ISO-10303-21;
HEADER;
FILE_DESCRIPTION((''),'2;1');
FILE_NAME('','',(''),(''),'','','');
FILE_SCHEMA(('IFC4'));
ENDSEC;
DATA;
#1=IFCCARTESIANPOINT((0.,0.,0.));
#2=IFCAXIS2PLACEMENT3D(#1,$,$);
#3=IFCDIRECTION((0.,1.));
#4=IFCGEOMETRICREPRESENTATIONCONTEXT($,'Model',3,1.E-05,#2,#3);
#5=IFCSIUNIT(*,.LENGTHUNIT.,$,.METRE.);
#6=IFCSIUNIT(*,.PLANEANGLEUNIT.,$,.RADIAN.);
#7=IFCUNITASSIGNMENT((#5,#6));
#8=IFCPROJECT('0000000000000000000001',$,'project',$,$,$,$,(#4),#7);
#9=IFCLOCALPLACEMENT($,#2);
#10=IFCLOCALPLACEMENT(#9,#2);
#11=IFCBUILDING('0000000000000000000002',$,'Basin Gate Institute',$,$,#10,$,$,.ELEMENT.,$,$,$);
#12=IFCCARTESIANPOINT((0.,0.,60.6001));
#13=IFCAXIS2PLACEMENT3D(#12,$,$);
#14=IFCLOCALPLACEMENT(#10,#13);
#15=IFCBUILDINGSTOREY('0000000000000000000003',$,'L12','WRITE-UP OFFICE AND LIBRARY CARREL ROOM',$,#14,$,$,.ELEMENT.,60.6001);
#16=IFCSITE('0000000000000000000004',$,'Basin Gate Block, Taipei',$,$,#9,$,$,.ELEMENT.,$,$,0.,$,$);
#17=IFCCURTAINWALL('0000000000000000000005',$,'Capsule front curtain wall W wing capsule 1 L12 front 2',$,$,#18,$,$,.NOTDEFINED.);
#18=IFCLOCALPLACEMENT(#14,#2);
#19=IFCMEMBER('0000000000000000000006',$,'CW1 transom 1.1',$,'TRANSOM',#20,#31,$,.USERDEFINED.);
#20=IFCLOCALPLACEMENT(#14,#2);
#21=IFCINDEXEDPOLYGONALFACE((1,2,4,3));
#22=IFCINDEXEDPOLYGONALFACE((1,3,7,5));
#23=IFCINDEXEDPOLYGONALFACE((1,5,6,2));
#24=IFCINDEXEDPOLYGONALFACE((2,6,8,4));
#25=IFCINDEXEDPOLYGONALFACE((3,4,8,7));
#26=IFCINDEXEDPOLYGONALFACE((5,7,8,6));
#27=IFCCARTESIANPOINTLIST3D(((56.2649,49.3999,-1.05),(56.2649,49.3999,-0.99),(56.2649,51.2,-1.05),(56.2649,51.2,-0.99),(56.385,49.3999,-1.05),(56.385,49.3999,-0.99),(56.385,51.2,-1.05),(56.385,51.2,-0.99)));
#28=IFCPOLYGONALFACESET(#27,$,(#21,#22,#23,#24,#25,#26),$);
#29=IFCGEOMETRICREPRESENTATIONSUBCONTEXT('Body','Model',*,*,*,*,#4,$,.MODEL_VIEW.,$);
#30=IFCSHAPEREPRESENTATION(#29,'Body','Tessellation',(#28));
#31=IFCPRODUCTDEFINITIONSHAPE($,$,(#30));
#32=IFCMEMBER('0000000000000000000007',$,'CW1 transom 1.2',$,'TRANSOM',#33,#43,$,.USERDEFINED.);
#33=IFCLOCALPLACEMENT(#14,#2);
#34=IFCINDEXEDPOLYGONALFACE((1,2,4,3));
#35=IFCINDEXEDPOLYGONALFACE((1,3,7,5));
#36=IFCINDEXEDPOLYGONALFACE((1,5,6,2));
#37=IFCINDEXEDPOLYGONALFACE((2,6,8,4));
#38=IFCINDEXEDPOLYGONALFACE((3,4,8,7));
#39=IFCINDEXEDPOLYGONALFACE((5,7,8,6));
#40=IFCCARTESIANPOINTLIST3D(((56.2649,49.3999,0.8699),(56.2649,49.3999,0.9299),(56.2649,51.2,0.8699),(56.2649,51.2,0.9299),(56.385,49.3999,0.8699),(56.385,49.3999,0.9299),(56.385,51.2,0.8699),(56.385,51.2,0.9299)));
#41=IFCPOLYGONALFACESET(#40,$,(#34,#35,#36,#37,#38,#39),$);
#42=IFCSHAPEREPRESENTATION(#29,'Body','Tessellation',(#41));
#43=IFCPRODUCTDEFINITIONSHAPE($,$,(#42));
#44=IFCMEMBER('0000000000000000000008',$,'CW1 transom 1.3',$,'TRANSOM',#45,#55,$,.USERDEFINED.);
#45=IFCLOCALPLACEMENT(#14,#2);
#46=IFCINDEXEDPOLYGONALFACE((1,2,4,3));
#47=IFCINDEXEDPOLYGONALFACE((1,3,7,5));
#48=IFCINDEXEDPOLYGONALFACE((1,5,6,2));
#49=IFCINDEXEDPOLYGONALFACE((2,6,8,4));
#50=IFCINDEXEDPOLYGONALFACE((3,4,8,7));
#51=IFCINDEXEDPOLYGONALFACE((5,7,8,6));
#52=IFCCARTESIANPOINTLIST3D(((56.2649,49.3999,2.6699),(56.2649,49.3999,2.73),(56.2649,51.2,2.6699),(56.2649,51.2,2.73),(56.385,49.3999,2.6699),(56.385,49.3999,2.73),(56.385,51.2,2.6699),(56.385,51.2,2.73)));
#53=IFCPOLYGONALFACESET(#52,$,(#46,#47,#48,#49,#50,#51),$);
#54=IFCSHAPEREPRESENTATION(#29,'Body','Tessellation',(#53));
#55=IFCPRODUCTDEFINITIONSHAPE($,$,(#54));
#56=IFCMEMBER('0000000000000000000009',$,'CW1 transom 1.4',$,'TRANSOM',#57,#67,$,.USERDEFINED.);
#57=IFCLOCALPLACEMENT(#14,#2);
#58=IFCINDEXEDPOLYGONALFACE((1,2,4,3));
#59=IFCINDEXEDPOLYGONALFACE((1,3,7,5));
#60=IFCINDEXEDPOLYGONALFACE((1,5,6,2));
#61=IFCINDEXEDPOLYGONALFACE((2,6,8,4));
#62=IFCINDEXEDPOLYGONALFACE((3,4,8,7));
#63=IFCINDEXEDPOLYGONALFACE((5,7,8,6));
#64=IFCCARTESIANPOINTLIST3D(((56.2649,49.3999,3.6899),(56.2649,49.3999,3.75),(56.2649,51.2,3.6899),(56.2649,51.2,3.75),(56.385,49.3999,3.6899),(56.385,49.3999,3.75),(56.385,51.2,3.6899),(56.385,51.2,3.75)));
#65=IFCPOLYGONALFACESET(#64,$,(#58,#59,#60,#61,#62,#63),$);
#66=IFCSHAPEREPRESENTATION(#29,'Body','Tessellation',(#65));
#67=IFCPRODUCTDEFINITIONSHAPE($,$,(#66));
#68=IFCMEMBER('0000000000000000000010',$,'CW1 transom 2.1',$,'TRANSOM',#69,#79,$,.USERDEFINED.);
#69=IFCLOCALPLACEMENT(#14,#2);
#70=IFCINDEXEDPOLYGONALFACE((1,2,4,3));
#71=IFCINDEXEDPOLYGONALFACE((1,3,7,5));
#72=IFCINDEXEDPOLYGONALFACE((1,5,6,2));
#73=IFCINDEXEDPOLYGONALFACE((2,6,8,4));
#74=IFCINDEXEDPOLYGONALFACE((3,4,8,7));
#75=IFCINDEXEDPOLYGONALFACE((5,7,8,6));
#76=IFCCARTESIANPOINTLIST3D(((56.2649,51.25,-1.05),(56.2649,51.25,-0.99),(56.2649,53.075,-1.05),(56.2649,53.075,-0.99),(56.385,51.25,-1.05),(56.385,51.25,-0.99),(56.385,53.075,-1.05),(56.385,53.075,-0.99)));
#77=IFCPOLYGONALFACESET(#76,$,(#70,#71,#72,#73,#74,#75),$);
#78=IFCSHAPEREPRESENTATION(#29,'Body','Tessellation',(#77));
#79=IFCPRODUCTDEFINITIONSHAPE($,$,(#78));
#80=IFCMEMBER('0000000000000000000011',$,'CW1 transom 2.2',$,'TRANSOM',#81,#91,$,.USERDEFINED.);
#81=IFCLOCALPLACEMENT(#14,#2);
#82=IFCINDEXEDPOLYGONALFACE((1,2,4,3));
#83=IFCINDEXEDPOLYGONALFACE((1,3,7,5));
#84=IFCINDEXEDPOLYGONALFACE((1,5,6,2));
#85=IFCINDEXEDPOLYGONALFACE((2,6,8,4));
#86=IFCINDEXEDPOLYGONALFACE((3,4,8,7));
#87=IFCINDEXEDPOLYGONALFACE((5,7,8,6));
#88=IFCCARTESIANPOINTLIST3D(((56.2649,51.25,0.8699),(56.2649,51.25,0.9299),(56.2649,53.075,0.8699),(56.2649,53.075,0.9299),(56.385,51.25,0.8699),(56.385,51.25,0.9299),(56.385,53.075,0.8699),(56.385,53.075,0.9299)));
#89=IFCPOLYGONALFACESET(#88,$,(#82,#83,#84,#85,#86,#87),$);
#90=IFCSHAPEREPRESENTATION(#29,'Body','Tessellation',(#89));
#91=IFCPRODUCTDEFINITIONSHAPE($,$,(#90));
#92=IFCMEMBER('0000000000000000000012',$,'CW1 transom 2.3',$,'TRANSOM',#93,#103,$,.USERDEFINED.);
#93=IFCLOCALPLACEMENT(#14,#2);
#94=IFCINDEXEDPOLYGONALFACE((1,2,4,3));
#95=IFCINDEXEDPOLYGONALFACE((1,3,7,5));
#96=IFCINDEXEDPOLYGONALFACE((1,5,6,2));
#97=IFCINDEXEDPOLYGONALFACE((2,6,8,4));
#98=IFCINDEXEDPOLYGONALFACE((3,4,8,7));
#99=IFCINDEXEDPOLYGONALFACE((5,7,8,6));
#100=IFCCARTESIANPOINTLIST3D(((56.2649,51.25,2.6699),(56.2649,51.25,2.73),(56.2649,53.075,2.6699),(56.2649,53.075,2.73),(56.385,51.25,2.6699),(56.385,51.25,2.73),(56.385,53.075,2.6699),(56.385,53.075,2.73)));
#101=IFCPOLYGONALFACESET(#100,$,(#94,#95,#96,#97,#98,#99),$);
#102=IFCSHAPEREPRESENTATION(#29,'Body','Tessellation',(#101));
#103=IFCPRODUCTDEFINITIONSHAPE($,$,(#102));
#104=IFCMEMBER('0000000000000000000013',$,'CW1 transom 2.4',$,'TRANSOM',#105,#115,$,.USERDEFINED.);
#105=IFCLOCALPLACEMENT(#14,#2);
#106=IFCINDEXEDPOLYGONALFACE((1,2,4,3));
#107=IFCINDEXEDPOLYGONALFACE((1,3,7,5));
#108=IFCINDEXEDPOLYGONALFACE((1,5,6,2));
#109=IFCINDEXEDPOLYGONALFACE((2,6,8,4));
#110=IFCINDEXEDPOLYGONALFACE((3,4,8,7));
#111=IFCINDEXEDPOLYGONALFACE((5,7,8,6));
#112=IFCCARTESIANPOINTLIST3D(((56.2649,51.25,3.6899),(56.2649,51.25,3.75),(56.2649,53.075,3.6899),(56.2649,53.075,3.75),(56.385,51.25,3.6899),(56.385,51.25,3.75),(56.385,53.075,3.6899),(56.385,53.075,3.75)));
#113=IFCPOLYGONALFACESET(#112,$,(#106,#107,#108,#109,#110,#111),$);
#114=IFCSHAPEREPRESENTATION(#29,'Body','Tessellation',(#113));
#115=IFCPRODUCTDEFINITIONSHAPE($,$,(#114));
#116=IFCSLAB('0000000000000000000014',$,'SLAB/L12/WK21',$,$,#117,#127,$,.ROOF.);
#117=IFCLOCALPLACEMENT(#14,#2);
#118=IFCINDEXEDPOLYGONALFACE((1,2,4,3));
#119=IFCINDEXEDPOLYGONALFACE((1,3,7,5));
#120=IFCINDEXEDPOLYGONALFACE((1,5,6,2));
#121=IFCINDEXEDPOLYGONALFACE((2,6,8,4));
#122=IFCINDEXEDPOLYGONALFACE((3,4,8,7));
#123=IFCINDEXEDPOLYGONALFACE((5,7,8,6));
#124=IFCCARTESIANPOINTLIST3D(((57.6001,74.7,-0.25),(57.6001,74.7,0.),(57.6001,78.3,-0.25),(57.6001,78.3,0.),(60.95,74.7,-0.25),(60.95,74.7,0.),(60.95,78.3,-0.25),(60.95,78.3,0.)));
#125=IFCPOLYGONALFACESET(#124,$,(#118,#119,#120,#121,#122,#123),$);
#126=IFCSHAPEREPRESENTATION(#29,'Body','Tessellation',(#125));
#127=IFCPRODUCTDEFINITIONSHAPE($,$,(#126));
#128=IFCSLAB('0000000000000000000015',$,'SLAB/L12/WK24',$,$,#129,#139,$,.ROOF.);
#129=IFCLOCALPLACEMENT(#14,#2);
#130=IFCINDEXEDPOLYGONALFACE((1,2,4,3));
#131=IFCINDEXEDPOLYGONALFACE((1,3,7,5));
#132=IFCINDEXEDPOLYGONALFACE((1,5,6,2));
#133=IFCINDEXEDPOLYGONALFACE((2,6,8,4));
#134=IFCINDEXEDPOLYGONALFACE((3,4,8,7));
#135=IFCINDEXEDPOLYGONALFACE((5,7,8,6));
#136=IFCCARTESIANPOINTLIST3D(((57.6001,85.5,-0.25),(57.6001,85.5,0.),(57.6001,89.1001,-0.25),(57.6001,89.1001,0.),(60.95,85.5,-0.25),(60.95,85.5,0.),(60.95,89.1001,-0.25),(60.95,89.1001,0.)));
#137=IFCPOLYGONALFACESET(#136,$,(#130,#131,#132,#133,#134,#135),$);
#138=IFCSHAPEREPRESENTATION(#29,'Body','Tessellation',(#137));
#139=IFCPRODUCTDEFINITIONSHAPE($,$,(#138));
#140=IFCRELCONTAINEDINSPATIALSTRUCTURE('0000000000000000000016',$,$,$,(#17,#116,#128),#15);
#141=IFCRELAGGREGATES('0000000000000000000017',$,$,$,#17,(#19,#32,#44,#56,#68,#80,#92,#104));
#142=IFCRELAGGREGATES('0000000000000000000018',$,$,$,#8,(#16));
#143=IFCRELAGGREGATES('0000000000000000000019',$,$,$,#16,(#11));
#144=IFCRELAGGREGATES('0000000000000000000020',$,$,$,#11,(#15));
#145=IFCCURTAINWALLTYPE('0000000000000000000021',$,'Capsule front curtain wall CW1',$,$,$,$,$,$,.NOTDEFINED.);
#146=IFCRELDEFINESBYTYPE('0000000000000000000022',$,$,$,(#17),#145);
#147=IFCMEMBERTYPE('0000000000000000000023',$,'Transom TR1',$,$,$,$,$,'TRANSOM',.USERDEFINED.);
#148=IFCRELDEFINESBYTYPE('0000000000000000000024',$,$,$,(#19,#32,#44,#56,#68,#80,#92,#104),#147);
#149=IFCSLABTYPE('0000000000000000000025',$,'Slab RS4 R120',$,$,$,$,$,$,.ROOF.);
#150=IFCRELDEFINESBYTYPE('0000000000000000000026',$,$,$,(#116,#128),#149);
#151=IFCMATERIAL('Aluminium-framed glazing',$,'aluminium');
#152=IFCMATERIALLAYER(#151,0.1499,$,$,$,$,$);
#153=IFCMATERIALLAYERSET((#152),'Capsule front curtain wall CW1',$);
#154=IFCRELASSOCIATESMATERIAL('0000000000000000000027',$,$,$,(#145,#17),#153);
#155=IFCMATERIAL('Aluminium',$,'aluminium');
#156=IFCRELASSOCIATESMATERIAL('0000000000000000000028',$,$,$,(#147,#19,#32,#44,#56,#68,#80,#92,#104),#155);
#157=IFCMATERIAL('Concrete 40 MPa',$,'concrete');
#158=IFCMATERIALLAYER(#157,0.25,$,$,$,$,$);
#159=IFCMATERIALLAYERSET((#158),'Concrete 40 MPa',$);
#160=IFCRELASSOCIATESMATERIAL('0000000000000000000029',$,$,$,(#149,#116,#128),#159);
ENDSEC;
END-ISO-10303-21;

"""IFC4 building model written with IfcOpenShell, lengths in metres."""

from ifc_helpers import new_model, si_unit, direction, frame, origin, origin_2d, place, context, subcontext, project, spatial, polyline, rectangle, outline, extrude, material, layer, layer_set, material_profile, profile_set, type_object, element, aggregate, save


model = new_model("IFC4")

# Units and contexts
model_context = context("Model", 3, precision=1e-05, world=origin(), true_north=direction((0.0, 1.0)))
body_context = subcontext(model_context, "Body", "Model", "MODEL_VIEW")
ifc_project = project(units=[si_unit("LENGTHUNIT", "METRE"), si_unit("PLANEANGLEUNIT", "RADIAN")], contexts=[model_context])

# Site, building, storey
site_placement = place(None, origin())
site = spatial("IfcSite", under=ifc_project, at=site_placement, Name="Basin Gate Block, Taipei", CompositionType="ELEMENT", RefElevation=0.0)
building_placement = place(site_placement, origin())
building = spatial("IfcBuilding", under=site, at=building_placement, Name="Basin Gate Institute", CompositionType="ELEMENT")
storey_placement = place(building_placement, frame((0.0, 0.0, 60.6001)))
storey = spatial("IfcBuildingStorey", under=building, at=storey_placement, Name="L12", Description="WRITE-UP OFFICE AND LIBRARY CARREL ROOM", CompositionType="ELEMENT", Elevation=60.6001)

# Shared definitions
ifc_material_1 = material(Name="Aluminium-framed glazing", Category="aluminium")
ifc_layer_1 = layer(ifc_material_1, 0.1499)
ifc_layer_set_1 = layer_set([ifc_layer_1], Name="Capsule front curtain wall CW1")
curtain_wall_type = type_object("IfcCurtainWallType", Name="Capsule front curtain wall CW1", PredefinedType="NOTDEFINED", material=ifc_layer_set_1)

# Curtain wall
curtain_wall_1_placement = place(storey_placement, origin())
curtain_wall_1 = element("IfcCurtainWall", 1, at=curtain_wall_1_placement, inside=storey, type_object=curtain_wall_type, material=ifc_layer_set_1, Name="Capsule front curtain wall W wing capsule 1 L12 front 2", PredefinedType="NOTDEFINED")

# Members
ifc_material_2 = material(Name="Aluminium", Category="aluminium")
ifc_material_profile_1 = material_profile(ifc_material_2, rectangle(XDim=0.1201, YDim=0.0601, at=origin_2d()), Name="Transom TR1 120 x 60")
ifc_profile_set_1 = profile_set([ifc_material_profile_1], Name="Aluminium")
member_type_1 = type_object("IfcMemberType", Name="Transom TR1", ElementType="TRANSOM", PredefinedType="USERDEFINED", material=ifc_profile_set_1)
member_1_placement = place(storey_placement, frame((56.325, 49.3999, -1.02), z_axis=(0.0, 1.0, 0.0), x_axis=(-1.0, 0.0, 0.0)))
member_1 = element("IfcMember", 2, at=member_1_placement, type_object=member_type_1, material=ifc_profile_set_1, Name="CW1 transom 1.1", ObjectType="TRANSOM", PredefinedType="USERDEFINED", context=body_context, shape_type="SweptSolid", body=[
    extrude(rectangle(XDim=0.1201, YDim=0.0601, at=origin_2d()), origin(), (0.0, 0.0, 1.0), 1.8),
])
member_2_placement = place(storey_placement, frame((56.325, 49.3999, 0.8999), z_axis=(0.0, 1.0, 0.0), x_axis=(-1.0, 0.0, 0.0)))
member_2 = element("IfcMember", 3, at=member_2_placement, type_object=member_type_1, material=ifc_profile_set_1, Name="CW1 transom 1.2", ObjectType="TRANSOM", PredefinedType="USERDEFINED", context=body_context, shape_type="SweptSolid", body=[
    extrude(rectangle(XDim=0.1201, YDim=0.0601, at=origin_2d()), origin(), (0.0, 0.0, 1.0), 1.8),
])
member_3_placement = place(storey_placement, frame((56.325, 49.3999, 2.7), z_axis=(0.0, 1.0, 0.0), x_axis=(-1.0, 0.0, 0.0)))
member_3 = element("IfcMember", 4, at=member_3_placement, type_object=member_type_1, material=ifc_profile_set_1, Name="CW1 transom 1.3", ObjectType="TRANSOM", PredefinedType="USERDEFINED", context=body_context, shape_type="SweptSolid", body=[
    extrude(rectangle(XDim=0.1201, YDim=0.0601, at=origin_2d()), origin(), (0.0, 0.0, 1.0), 1.8),
])
member_4_placement = place(storey_placement, frame((56.325, 49.3999, 3.72), z_axis=(0.0, 1.0, 0.0), x_axis=(-1.0, 0.0, 0.0)))
member_4 = element("IfcMember", 5, at=member_4_placement, type_object=member_type_1, material=ifc_profile_set_1, Name="CW1 transom 1.4", ObjectType="TRANSOM", PredefinedType="USERDEFINED", context=body_context, shape_type="SweptSolid", body=[
    extrude(rectangle(XDim=0.1201, YDim=0.0601, at=origin_2d()), origin(), (0.0, 0.0, 1.0), 1.8),
])
member_5_placement = place(storey_placement, frame((56.325, 51.25, -1.02), z_axis=(0.0, 1.0, 0.0), x_axis=(-1.0, 0.0, 0.0)))
member_5 = element("IfcMember", 6, at=member_5_placement, type_object=member_type_1, material=ifc_profile_set_1, Name="CW1 transom 2.1", ObjectType="TRANSOM", PredefinedType="USERDEFINED", context=body_context, shape_type="SweptSolid", body=[
    extrude(rectangle(XDim=0.1201, YDim=0.0601, at=origin_2d()), origin(), (0.0, 0.0, 1.0), 1.825),
])
member_6_placement = place(storey_placement, frame((56.325, 51.25, 0.8999), z_axis=(0.0, 1.0, 0.0), x_axis=(-1.0, 0.0, 0.0)))
member_6 = element("IfcMember", 7, at=member_6_placement, type_object=member_type_1, material=ifc_profile_set_1, Name="CW1 transom 2.2", ObjectType="TRANSOM", PredefinedType="USERDEFINED", context=body_context, shape_type="SweptSolid", body=[
    extrude(rectangle(XDim=0.1201, YDim=0.0601, at=origin_2d()), origin(), (0.0, 0.0, 1.0), 1.825),
])
member_7_placement = place(storey_placement, frame((56.325, 51.25, 2.7), z_axis=(0.0, 1.0, 0.0), x_axis=(-1.0, 0.0, 0.0)))
member_7 = element("IfcMember", 8, at=member_7_placement, type_object=member_type_1, material=ifc_profile_set_1, Name="CW1 transom 2.3", ObjectType="TRANSOM", PredefinedType="USERDEFINED", context=body_context, shape_type="SweptSolid", body=[
    extrude(rectangle(XDim=0.1201, YDim=0.0601, at=origin_2d()), origin(), (0.0, 0.0, 1.0), 1.825),
])
member_8_placement = place(storey_placement, frame((56.325, 51.25, 3.72), z_axis=(0.0, 1.0, 0.0), x_axis=(-1.0, 0.0, 0.0)))
member_8 = element("IfcMember", 9, at=member_8_placement, type_object=member_type_1, material=ifc_profile_set_1, Name="CW1 transom 2.4", ObjectType="TRANSOM", PredefinedType="USERDEFINED", context=body_context, shape_type="SweptSolid", body=[
    extrude(rectangle(XDim=0.1201, YDim=0.0601, at=origin_2d()), origin(), (0.0, 0.0, 1.0), 1.825),
])

# Slabs
ifc_material_3 = material(Name="Concrete 40 MPa", Category="concrete")
ifc_layer_2 = layer(ifc_material_3, 0.25)
ifc_layer_set_2 = layer_set([ifc_layer_2], Name="Concrete 40 MPa")
slab_type_1 = type_object("IfcSlabType", Name="Slab RS4 R120", PredefinedType="ROOF", material=ifc_layer_set_2)
slab_1_placement = place(storey_placement, frame((0.0, 0.0, -0.25)))
element("IfcSlab", 10, at=slab_1_placement, inside=storey, type_object=slab_type_1, material=ifc_layer_set_2, Name="SLAB/L12/WK21", PredefinedType="ROOF", context=body_context, shape_type="SweptSolid", body=[
    extrude(outline(polyline([(57.6001, 74.7), (60.95, 74.7), (60.95, 78.3), (57.6001, 78.3), (57.6001, 74.7)])), origin(), (0.0, 0.0, 1.0), 0.25),
])
slab_2_placement = place(storey_placement, frame((0.0, 0.0, -0.25)))
element("IfcSlab", 11, at=slab_2_placement, inside=storey, type_object=slab_type_1, material=ifc_layer_set_2, Name="SLAB/L12/WK24", PredefinedType="ROOF", context=body_context, shape_type="SweptSolid", body=[
    extrude(outline(polyline([(57.6001, 85.5), (60.95, 85.5), (60.95, 89.1001), (57.6001, 89.1001), (57.6001, 85.5)])), origin(), (0.0, 0.0, 1.0), 0.25),
])

aggregate(curtain_wall_1, [member_1, member_2, member_3, member_4, member_5, member_6, member_7, member_8])

save(model, "model.ifc")
